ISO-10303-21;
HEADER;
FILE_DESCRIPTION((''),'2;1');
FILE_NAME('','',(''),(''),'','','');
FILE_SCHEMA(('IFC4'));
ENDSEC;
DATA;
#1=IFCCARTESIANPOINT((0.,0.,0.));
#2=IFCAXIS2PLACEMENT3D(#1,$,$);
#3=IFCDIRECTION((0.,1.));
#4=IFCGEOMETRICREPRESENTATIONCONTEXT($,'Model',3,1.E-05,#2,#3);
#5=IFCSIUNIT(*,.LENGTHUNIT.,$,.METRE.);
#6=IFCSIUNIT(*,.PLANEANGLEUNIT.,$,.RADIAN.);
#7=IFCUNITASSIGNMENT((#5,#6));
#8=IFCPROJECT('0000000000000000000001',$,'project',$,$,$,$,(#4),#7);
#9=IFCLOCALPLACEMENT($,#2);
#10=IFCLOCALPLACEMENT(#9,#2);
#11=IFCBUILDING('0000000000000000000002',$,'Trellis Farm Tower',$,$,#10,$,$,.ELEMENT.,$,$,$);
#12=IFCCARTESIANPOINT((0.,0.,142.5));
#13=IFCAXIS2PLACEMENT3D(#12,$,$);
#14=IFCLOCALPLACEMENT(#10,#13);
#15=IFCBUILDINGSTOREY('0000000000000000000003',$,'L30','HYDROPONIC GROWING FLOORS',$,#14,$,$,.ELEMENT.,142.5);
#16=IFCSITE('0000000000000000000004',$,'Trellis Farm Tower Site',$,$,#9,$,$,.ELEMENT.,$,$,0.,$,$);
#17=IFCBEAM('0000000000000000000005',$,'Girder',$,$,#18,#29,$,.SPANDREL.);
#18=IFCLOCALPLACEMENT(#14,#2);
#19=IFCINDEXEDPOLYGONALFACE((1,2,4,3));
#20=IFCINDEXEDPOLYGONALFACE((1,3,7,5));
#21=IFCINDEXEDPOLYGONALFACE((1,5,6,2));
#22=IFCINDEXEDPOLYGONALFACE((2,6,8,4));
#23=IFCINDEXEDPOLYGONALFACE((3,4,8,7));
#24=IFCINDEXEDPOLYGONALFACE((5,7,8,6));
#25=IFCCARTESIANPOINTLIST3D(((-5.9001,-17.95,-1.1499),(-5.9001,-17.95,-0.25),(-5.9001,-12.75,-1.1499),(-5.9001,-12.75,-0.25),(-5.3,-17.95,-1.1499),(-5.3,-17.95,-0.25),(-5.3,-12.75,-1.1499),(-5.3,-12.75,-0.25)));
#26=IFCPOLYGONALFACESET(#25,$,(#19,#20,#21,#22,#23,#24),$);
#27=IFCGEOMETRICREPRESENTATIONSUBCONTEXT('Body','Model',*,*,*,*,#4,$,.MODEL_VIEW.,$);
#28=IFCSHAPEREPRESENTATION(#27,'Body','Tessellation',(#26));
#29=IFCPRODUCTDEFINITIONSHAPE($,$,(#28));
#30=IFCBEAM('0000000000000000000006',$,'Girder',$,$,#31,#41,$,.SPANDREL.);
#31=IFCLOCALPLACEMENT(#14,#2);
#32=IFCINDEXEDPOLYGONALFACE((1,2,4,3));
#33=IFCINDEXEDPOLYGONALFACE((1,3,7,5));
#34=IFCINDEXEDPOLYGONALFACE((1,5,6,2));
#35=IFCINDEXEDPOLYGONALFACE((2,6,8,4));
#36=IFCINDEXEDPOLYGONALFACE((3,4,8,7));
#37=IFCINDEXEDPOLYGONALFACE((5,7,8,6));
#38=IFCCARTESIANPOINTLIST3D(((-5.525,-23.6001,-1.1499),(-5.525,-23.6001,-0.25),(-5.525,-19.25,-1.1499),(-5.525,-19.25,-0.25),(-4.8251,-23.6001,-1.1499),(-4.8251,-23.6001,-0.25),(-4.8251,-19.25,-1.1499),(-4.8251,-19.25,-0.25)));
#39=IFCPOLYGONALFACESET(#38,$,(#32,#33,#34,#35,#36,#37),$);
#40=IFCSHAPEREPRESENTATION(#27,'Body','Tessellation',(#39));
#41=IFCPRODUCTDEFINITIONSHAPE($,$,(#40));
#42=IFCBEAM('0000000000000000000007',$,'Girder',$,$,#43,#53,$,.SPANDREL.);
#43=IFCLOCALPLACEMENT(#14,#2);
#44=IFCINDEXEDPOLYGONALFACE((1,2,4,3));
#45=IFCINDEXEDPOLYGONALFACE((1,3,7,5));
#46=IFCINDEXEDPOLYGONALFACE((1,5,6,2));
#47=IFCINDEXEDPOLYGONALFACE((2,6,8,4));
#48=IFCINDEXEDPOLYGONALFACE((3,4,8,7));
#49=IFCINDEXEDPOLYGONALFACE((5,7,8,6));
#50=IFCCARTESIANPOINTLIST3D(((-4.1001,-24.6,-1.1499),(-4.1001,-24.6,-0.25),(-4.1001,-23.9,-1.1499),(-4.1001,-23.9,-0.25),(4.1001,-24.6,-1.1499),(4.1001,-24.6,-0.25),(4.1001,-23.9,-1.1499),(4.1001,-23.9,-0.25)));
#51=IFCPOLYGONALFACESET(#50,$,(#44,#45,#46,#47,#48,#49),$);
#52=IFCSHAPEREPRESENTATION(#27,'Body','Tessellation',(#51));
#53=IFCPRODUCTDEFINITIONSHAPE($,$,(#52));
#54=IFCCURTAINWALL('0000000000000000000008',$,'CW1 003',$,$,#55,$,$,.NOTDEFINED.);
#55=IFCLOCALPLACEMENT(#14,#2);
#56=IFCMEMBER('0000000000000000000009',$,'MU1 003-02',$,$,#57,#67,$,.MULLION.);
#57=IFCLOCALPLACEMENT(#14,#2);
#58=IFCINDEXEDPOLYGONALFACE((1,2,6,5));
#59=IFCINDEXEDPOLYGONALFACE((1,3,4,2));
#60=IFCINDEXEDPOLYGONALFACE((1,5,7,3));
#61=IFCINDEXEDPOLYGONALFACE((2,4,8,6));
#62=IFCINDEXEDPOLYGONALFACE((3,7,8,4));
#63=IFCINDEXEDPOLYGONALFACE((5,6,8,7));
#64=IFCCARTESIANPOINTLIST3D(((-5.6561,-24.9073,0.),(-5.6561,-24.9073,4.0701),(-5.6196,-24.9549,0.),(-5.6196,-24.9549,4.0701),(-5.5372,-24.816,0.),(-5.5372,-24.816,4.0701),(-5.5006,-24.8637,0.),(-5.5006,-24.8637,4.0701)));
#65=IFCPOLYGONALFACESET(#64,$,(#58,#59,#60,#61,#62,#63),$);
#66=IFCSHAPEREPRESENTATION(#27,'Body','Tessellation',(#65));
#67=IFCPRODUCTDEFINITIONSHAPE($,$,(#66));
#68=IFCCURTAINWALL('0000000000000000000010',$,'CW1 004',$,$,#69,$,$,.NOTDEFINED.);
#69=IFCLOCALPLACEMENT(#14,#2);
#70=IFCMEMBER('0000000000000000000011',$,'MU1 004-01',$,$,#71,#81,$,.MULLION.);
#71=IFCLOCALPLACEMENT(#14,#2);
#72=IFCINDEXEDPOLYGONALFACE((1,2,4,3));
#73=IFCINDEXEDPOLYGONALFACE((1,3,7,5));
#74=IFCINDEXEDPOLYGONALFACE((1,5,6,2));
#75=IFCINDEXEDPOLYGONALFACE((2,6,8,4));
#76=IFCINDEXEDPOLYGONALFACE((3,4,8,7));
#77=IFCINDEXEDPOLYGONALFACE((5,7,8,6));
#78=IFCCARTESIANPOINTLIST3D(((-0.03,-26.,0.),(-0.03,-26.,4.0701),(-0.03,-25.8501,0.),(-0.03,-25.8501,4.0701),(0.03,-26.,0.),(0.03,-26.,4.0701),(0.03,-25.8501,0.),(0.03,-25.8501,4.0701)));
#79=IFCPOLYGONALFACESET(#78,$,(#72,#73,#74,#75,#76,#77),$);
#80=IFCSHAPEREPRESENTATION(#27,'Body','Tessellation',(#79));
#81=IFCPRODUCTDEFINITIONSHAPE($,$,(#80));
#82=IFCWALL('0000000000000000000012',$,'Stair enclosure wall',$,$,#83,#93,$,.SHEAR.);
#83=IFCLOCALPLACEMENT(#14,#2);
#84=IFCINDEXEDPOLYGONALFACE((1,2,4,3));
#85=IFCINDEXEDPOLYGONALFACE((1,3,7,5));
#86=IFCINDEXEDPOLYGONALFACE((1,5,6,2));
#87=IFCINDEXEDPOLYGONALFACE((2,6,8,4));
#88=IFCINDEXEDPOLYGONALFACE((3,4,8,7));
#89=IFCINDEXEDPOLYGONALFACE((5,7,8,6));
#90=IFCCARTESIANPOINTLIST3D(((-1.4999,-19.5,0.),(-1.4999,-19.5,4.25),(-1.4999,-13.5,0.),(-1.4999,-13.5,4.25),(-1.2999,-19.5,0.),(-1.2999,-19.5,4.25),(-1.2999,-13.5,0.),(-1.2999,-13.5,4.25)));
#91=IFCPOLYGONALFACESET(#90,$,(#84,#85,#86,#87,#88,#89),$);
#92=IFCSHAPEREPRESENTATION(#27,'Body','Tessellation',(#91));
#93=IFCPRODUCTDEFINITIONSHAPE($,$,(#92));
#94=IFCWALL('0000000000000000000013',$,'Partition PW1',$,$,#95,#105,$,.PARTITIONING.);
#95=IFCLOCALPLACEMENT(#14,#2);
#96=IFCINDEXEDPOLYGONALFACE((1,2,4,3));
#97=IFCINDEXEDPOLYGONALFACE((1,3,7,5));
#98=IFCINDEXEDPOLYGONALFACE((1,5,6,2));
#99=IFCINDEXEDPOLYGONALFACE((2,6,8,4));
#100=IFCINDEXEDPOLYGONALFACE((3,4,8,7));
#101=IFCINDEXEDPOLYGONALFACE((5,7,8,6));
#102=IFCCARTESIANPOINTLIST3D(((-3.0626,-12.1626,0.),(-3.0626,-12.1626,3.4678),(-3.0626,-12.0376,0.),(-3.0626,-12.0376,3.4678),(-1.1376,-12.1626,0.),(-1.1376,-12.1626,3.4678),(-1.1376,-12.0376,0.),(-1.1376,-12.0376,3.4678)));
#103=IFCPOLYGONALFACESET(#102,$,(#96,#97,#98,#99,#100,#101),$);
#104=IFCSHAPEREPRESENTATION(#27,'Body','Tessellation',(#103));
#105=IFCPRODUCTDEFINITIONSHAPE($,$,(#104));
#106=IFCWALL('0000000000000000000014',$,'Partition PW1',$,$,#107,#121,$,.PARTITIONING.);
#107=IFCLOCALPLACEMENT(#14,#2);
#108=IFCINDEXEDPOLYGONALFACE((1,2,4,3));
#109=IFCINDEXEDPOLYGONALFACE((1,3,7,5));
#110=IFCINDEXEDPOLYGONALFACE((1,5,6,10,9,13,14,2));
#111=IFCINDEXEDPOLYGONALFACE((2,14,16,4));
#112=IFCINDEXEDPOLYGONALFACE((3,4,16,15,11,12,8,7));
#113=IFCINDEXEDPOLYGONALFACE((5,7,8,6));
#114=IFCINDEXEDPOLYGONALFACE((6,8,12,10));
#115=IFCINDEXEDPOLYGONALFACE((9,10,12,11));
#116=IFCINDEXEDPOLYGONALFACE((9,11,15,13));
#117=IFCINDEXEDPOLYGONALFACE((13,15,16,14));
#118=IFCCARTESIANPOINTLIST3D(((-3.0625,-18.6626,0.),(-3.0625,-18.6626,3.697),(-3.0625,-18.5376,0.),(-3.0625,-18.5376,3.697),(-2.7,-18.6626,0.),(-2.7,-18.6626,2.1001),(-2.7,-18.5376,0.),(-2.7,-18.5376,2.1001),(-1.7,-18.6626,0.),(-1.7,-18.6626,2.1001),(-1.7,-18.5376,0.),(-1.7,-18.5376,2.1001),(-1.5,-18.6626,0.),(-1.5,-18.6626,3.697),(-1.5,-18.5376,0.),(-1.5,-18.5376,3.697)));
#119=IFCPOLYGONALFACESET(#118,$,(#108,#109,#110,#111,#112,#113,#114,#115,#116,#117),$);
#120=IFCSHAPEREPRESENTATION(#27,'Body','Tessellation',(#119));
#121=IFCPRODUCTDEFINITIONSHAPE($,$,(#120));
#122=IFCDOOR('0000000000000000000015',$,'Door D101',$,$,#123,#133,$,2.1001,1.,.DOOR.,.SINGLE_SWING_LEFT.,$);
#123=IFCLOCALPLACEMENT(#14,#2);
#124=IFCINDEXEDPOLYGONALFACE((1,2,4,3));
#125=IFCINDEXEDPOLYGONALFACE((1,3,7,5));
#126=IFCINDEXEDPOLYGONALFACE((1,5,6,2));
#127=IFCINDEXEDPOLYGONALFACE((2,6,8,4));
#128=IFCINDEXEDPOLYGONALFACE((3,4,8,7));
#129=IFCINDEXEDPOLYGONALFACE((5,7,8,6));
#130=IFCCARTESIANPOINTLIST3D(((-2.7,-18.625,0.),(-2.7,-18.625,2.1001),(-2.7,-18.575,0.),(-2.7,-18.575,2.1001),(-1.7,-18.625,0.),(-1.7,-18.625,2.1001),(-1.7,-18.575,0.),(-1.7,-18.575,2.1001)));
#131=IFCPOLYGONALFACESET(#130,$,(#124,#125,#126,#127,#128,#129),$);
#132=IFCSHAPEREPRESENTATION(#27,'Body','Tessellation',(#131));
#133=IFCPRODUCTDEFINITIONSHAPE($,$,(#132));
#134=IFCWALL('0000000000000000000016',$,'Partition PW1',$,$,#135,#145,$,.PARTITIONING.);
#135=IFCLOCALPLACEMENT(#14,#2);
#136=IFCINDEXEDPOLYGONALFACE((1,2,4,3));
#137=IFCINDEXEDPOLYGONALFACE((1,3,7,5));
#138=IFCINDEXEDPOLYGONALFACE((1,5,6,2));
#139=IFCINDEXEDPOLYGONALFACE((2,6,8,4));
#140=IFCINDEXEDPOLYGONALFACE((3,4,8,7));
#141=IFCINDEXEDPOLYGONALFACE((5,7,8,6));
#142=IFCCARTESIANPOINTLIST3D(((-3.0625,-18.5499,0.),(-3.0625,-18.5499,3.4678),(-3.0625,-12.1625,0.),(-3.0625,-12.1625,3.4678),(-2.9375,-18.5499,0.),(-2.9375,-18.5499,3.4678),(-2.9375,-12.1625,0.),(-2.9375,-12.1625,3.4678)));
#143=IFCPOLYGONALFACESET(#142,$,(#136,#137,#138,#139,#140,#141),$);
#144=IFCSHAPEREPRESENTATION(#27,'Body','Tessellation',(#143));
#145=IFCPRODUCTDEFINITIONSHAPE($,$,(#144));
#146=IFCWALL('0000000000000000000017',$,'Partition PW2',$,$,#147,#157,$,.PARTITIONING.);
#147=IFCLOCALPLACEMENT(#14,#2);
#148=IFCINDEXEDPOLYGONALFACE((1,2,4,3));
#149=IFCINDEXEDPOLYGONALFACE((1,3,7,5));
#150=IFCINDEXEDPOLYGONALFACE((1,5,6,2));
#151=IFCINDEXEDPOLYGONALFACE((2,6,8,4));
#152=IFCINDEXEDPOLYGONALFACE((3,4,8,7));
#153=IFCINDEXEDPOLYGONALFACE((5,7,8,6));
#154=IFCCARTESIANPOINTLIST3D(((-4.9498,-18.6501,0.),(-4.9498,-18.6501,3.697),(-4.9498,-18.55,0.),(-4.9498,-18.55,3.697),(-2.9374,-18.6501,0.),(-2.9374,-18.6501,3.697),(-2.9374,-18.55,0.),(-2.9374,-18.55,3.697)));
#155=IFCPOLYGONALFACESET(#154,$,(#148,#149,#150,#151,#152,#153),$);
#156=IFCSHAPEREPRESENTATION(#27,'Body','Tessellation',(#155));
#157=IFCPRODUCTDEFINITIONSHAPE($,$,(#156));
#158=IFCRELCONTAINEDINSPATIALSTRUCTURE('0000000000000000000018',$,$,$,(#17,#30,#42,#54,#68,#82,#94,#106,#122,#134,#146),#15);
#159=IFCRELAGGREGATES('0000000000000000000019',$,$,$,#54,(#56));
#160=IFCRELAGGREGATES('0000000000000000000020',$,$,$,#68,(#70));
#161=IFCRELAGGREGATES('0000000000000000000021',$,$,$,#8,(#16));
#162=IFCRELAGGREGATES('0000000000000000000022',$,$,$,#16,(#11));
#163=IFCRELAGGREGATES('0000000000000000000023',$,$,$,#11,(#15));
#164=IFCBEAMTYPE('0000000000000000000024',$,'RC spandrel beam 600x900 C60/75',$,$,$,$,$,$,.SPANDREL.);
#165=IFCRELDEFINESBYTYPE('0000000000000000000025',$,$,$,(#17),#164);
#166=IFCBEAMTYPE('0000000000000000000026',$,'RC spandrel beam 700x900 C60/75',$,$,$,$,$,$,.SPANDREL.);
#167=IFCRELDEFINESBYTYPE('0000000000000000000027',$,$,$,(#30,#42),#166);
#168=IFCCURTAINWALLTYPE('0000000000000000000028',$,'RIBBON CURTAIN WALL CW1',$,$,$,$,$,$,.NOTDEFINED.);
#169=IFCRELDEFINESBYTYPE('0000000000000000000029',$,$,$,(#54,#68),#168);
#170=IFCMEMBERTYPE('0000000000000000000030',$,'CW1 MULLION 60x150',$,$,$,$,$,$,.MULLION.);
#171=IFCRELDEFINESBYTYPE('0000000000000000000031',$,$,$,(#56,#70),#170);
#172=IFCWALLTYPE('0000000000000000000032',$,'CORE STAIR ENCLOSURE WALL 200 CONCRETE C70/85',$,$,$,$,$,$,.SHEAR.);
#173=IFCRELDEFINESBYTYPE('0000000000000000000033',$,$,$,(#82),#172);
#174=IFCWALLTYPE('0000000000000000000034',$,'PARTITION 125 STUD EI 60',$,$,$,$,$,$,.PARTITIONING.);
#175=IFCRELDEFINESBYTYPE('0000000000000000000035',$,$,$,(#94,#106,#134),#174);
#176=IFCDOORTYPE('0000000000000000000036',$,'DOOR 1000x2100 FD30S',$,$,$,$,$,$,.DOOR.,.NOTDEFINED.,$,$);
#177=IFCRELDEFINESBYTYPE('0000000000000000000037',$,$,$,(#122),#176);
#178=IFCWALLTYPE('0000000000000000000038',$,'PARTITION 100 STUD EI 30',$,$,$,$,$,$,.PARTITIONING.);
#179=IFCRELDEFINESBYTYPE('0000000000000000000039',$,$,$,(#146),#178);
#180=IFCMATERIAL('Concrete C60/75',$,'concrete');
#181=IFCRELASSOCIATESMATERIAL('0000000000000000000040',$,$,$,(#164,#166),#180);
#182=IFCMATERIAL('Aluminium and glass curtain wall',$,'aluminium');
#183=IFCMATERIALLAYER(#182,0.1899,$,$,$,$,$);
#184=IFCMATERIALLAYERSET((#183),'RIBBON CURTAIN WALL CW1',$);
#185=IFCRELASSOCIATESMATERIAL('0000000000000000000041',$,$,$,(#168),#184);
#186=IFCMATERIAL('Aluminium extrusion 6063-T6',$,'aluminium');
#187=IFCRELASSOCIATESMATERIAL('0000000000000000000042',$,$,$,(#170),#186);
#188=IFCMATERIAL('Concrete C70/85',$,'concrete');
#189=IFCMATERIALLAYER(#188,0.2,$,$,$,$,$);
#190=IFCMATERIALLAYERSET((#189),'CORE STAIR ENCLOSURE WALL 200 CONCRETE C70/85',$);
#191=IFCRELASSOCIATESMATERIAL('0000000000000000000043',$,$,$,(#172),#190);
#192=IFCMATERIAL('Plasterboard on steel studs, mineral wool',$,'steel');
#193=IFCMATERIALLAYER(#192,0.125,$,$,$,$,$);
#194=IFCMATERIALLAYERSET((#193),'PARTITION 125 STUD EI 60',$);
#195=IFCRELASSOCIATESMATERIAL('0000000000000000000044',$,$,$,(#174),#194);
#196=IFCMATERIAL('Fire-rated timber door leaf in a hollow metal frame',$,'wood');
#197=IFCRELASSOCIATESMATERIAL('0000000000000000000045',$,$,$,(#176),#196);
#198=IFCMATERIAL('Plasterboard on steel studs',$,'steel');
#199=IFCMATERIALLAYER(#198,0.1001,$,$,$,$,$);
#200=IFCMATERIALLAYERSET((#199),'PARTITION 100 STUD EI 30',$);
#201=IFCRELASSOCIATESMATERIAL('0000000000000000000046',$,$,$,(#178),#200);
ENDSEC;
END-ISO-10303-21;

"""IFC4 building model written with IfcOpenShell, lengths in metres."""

from ifc_helpers import new_model, si_unit, direction, frame, frame_2d, origin, origin_2d, place, context, subcontext, project, spatial, rectangle, extrude, source, transform, mapped, material, layer, layer_set, material_profile, profile_set, type_object, element, fill, aggregate, save


model = new_model("IFC4")

# Units and contexts
model_context = context("Model", 3, precision=1e-05, world=origin(), true_north=direction((0.0, 1.0)))
body_context = subcontext(model_context, "Body", "Model", "MODEL_VIEW")
ifc_project = project(units=[si_unit("LENGTHUNIT", "METRE"), si_unit("PLANEANGLEUNIT", "RADIAN")], contexts=[model_context])

# Site, building, storey
site_placement = place(None, origin())
site = spatial("IfcSite", under=ifc_project, at=site_placement, Name="Trellis Farm Tower Site", CompositionType="ELEMENT", RefElevation=0.0)
building_placement = place(site_placement, origin())
building = spatial("IfcBuilding", under=site, at=building_placement, Name="Trellis Farm Tower", CompositionType="ELEMENT")
storey_placement = place(building_placement, frame((0.0, 0.0, 142.5)))
storey = spatial("IfcBuildingStorey", under=building, at=storey_placement, Name="L30", Description="HYDROPONIC GROWING FLOORS", CompositionType="ELEMENT", Elevation=142.5)

# Beams
ifc_material_1 = material(Name="Concrete C60/75", Category="concrete")
ifc_material_profile_1 = material_profile(ifc_material_1, rectangle(XDim=0.6001, YDim=0.8999, at=origin_2d()), Name="RC spandrel beam 600x900 C60/75")
ifc_profile_set_1 = profile_set([ifc_material_profile_1], Name="Concrete C60/75")
beam_type_1 = type_object("IfcBeamType", Name="RC spandrel beam 600x900 C60/75", PredefinedType="SPANDREL", material=ifc_profile_set_1)
shared_shape_1 = source(origin(), body_context, "Body", "SweptSolid", [
    extrude(rectangle(XDim=0.6001, YDim=0.8999, at=origin_2d()), origin(), (0.0, 0.0, 1.0), 5.2),
])
beam_1_placement = place(storey_placement, frame((-5.6001, -17.95, -0.7), z_axis=(0.0, 1.0, 0.0), x_axis=(-1.0, 0.0, 0.0)))
element("IfcBeam", 1, at=beam_1_placement, inside=storey, type_object=beam_type_1, Name="Girder", PredefinedType="SPANDREL", context=body_context, shape_type="MappedRepresentation", body=[
    mapped(shared_shape_1, transform((0.0, 0.0, 0.0))),
])
ifc_material_profile_2 = material_profile(ifc_material_1, rectangle(XDim=0.7, YDim=0.8999, at=origin_2d()), Name="RC spandrel beam 700x900 C60/75")
ifc_profile_set_2 = profile_set([ifc_material_profile_2], Name="Concrete C60/75")
beam_type_2 = type_object("IfcBeamType", Name="RC spandrel beam 700x900 C60/75", PredefinedType="SPANDREL", material=ifc_profile_set_2)
shared_shape_2 = source(origin(), body_context, "Body", "SweptSolid", [
    extrude(rectangle(XDim=0.7, YDim=0.8999, at=origin_2d()), origin(), (0.0, 0.0, 1.0), 4.3501),
])
beam_2_placement = place(storey_placement, frame((-5.175, -23.6001, -0.7), z_axis=(0.0, 1.0, 0.0), x_axis=(-1.0, 0.0, 0.0)))
element("IfcBeam", 2, at=beam_2_placement, inside=storey, type_object=beam_type_2, Name="Girder", PredefinedType="SPANDREL", context=body_context, shape_type="MappedRepresentation", body=[
    mapped(shared_shape_2, transform((0.0, 0.0, 0.0))),
])
shared_shape_3 = source(origin(), body_context, "Body", "SweptSolid", [
    extrude(rectangle(XDim=0.7, YDim=0.8999, at=origin_2d()), origin(), (0.0, 0.0, 1.0), 8.2002),
])
beam_3_placement = place(storey_placement, frame((-4.1001, -24.25, -0.7), z_axis=(1.0, 0.0, 0.0), x_axis=(0.0, 1.0, 0.0)))
element("IfcBeam", 3, at=beam_3_placement, inside=storey, type_object=beam_type_2, Name="Girder", PredefinedType="SPANDREL", context=body_context, shape_type="MappedRepresentation", body=[
    mapped(shared_shape_3, transform((0.0, 0.0, 0.0))),
])

# Curtain walls, members
ifc_material_2 = material(Name="Aluminium and glass curtain wall", Category="aluminium")
ifc_layer_1 = layer(ifc_material_2, 0.1899)
ifc_layer_set_1 = layer_set([ifc_layer_1], Name="RIBBON CURTAIN WALL CW1")
curtain_wall_type = type_object("IfcCurtainWallType", Name="RIBBON CURTAIN WALL CW1", PredefinedType="NOTDEFINED", material=ifc_layer_set_1)
placement = place(storey_placement, origin())
curtain_wall_1 = element("IfcCurtainWall", 4, at=placement, inside=storey, type_object=curtain_wall_type, Name="CW1 003", PredefinedType="NOTDEFINED")
ifc_material_3 = material(Name="Aluminium extrusion 6063-T6", Category="aluminium")
ifc_material_profile_3 = material_profile(ifc_material_3, rectangle(XDim=0.0601, YDim=0.1499, at=origin_2d()), Name="MULLION 60x150")
ifc_profile_set_3 = profile_set([ifc_material_profile_3], Name="Aluminium extrusion 6063-T6")
member_type = type_object("IfcMemberType", Name="CW1 MULLION 60x150", PredefinedType="MULLION", material=ifc_profile_set_3)
shared_shape_4 = source(origin(), body_context, "Body", "SweptSolid", [
    extrude(rectangle(XDim=0.0601, YDim=0.1499, at=origin_2d()), origin(), (0.0, 0.0, 1.0), 4.0701),
])
member_1_placement = place(storey_placement, frame((-5.5784, -24.8855, 0.0), z_axis=(0.0, 0.0, 1.0), x_axis=(0.608761, -0.793353, 0.0)))
member_1 = element("IfcMember", 5, at=member_1_placement, type_object=member_type, Name="MU1 003-02", PredefinedType="MULLION", context=body_context, shape_type="MappedRepresentation", body=[
    mapped(shared_shape_4, transform((0.0, 0.0, 0.0))),
])
aggregate(curtain_wall_1, [member_1])
curtain_wall_2 = element("IfcCurtainWall", 6, at=placement, inside=storey, type_object=curtain_wall_type, Name="CW1 004", PredefinedType="NOTDEFINED")
member_2_placement = place(storey_placement, frame((0.0, -25.925, 0.0), z_axis=(0.0, 0.0, 1.0), x_axis=(1.0, 0.0, 0.0)))
member_2 = element("IfcMember", 7, at=member_2_placement, type_object=member_type, Name="MU1 004-01", PredefinedType="MULLION", context=body_context, shape_type="MappedRepresentation", body=[
    mapped(shared_shape_4, transform((0.0, 0.0, 0.0))),
])
aggregate(curtain_wall_2, [member_2])

# Wall
ifc_material_4 = material(Name="Concrete C70/85", Category="concrete")
ifc_layer_2 = layer(ifc_material_4, 0.2)
ifc_layer_set_2 = layer_set([ifc_layer_2], Name="CORE STAIR ENCLOSURE WALL 200 CONCRETE C70/85")
wall_type_1 = type_object("IfcWallType", Name="CORE STAIR ENCLOSURE WALL 200 CONCRETE C70/85", PredefinedType="SHEAR", material=ifc_layer_set_2)
shared_shape_5 = source(origin(), body_context, "Body", "SweptSolid", [
    extrude(rectangle(XDim=6.0, YDim=0.2, at=frame_2d((3.0, 0.0))), origin(), (0.0, 0.0, 1.0), 4.25),
])
wall_1_placement = place(storey_placement, frame((-1.3999, -13.5, 0.0), z_axis=(0.0, 0.0, 1.0), x_axis=(0.0, -1.0, 0.0)))
element("IfcWall", 8, at=wall_1_placement, inside=storey, type_object=wall_type_1, Name="Stair enclosure wall", PredefinedType="SHEAR", context=body_context, shape_type="MappedRepresentation", body=[
    mapped(shared_shape_5, transform((0.0, 0.0, 0.0))),
])

# Wall
ifc_material_5 = material(Name="Plasterboard on steel studs, mineral wool", Category="steel")
ifc_layer_3 = layer(ifc_material_5, 0.125)
ifc_layer_set_3 = layer_set([ifc_layer_3], Name="PARTITION 125 STUD EI 60")
wall_type_2 = type_object("IfcWallType", Name="PARTITION 125 STUD EI 60", PredefinedType="PARTITIONING", material=ifc_layer_set_3)
shared_shape_6 = source(origin(), body_context, "Body", "SweptSolid", [
    extrude(rectangle(XDim=1.925, YDim=0.125, at=frame_2d((0.9624, 0.0))), origin(), (0.0, 0.0, 1.0), 3.4678),
])
wall_2_placement = place(storey_placement, frame((-3.0625, -12.1001, 0.0), z_axis=(0.0, 0.0, 1.0), x_axis=(1.0, 0.0, 0.0)))
element("IfcWall", 9, at=wall_2_placement, inside=storey, type_object=wall_type_2, Name="Partition PW1", PredefinedType="PARTITIONING", context=body_context, shape_type="MappedRepresentation", body=[
    mapped(shared_shape_6, transform((0.0, 0.0, 0.0))),
])

# Wall, opening, door
shared_shape_7 = source(origin(), body_context, "Body", "SweptSolid", [
    extrude(rectangle(XDim=1.5625, YDim=0.125, at=frame_2d((0.7812, 0.0))), origin(), (0.0, 0.0, 1.0), 3.697),
])
wall_3_placement = place(storey_placement, frame((-1.5, -18.6001, 0.0), z_axis=(0.0, 0.0, 1.0), x_axis=(-1.0, 0.0, 0.0)))
wall_3 = element("IfcWall", 10, at=wall_3_placement, inside=storey, type_object=wall_type_2, Name="Partition PW1", PredefinedType="PARTITIONING", context=body_context, shape_type="MappedRepresentation", body=[
    mapped(shared_shape_7, transform((0.0, 0.0, 0.0))),
])
shared_shape_8 = source(origin(), body_context, "Body", "SweptSolid", [
    extrude(rectangle(XDim=1.0, YDim=2.1001, at=frame_2d((0.5, 1.05))), frame((0.0, 0.0725, 0.0), z_axis=(0.0, -1.0, 0.0), x_axis=(1.0, 0.0, 0.0)), (0.0, 0.0, 1.0), 0.145),
])
opening_1_placement = place(wall_3_placement, frame((0.2, 0.0, 0.0)))
opening_1 = element("IfcOpeningElement", 11, at=opening_1_placement, cuts=wall_3, PredefinedType="OPENING", context=body_context, shape_type="MappedRepresentation", body=[
    mapped(shared_shape_8, transform((0.0, 0.0, 0.0))),
])
ifc_material_6 = material(Name="Fire-rated timber door leaf in a hollow metal frame", Category="wood")
door_type_1 = type_object("IfcDoorType", Name="DOOR 1000x2100 FD30S", OperationType="NOTDEFINED", PredefinedType="DOOR", material=ifc_material_6)
shared_shape_9 = source(origin(), body_context, "Body", "SweptSolid", [
    extrude(rectangle(XDim=1.0, YDim=2.1001, at=frame_2d((0.5, 1.05))), frame((0.0, 0.0249, 0.0), z_axis=(0.0, -1.0, 0.0), x_axis=(1.0, 0.0, 0.0)), (0.0, 0.0, 1.0), 0.05),
])
door_1_placement = place(opening_1_placement, origin())
door_1 = element("IfcDoor", 12, at=door_1_placement, inside=storey, type_object=door_type_1, Name="Door D101", OperationType="SINGLE_SWING_LEFT", OverallHeight=2.1001, OverallWidth=1.0, PredefinedType="DOOR", context=body_context, shape_type="MappedRepresentation", body=[
    mapped(shared_shape_9, transform((0.0, 0.0, 0.0))),
])
fill(opening_1, door_1)

# Walls
shared_shape_10 = source(origin(), body_context, "Body", "SweptSolid", [
    extrude(rectangle(XDim=6.3875, YDim=0.125, at=frame_2d((3.1938, 0.0))), origin(), (0.0, 0.0, 1.0), 3.4678),
])
wall_4_placement = place(storey_placement, frame((-3.0, -18.55, 0.0), z_axis=(0.0, 0.0, 1.0), x_axis=(0.0, 1.0, 0.0)))
element("IfcWall", 13, at=wall_4_placement, inside=storey, type_object=wall_type_2, Name="Partition PW1", PredefinedType="PARTITIONING", context=body_context, shape_type="MappedRepresentation", body=[
    mapped(shared_shape_10, transform((0.0, 0.0, 0.0))),
])
ifc_material_7 = material(Name="Plasterboard on steel studs", Category="steel")
ifc_layer_4 = layer(ifc_material_7, 0.1001)
ifc_layer_set_4 = layer_set([ifc_layer_4], Name="PARTITION 100 STUD EI 30")
wall_type_3 = type_object("IfcWallType", Name="PARTITION 100 STUD EI 30", PredefinedType="PARTITIONING", material=ifc_layer_set_4)
shared_shape_11 = source(origin(), body_context, "Body", "SweptSolid", [
    extrude(rectangle(XDim=2.0125, YDim=0.1001, at=frame_2d((1.0063, 0.0))), origin(), (0.0, 0.0, 1.0), 3.697),
])
wall_5_placement = place(storey_placement, frame((-4.95, -18.6001, 0.0), z_axis=(0.0, 0.0, 1.0), x_axis=(1.0, 0.0, 0.0)))
element("IfcWall", 14, at=wall_5_placement, inside=storey, type_object=wall_type_3, Name="Partition PW2", PredefinedType="PARTITIONING", context=body_context, shape_type="MappedRepresentation", body=[
    mapped(shared_shape_11, transform((0.0, 0.0, 0.0))),
])

save(model, "model.ifc")
